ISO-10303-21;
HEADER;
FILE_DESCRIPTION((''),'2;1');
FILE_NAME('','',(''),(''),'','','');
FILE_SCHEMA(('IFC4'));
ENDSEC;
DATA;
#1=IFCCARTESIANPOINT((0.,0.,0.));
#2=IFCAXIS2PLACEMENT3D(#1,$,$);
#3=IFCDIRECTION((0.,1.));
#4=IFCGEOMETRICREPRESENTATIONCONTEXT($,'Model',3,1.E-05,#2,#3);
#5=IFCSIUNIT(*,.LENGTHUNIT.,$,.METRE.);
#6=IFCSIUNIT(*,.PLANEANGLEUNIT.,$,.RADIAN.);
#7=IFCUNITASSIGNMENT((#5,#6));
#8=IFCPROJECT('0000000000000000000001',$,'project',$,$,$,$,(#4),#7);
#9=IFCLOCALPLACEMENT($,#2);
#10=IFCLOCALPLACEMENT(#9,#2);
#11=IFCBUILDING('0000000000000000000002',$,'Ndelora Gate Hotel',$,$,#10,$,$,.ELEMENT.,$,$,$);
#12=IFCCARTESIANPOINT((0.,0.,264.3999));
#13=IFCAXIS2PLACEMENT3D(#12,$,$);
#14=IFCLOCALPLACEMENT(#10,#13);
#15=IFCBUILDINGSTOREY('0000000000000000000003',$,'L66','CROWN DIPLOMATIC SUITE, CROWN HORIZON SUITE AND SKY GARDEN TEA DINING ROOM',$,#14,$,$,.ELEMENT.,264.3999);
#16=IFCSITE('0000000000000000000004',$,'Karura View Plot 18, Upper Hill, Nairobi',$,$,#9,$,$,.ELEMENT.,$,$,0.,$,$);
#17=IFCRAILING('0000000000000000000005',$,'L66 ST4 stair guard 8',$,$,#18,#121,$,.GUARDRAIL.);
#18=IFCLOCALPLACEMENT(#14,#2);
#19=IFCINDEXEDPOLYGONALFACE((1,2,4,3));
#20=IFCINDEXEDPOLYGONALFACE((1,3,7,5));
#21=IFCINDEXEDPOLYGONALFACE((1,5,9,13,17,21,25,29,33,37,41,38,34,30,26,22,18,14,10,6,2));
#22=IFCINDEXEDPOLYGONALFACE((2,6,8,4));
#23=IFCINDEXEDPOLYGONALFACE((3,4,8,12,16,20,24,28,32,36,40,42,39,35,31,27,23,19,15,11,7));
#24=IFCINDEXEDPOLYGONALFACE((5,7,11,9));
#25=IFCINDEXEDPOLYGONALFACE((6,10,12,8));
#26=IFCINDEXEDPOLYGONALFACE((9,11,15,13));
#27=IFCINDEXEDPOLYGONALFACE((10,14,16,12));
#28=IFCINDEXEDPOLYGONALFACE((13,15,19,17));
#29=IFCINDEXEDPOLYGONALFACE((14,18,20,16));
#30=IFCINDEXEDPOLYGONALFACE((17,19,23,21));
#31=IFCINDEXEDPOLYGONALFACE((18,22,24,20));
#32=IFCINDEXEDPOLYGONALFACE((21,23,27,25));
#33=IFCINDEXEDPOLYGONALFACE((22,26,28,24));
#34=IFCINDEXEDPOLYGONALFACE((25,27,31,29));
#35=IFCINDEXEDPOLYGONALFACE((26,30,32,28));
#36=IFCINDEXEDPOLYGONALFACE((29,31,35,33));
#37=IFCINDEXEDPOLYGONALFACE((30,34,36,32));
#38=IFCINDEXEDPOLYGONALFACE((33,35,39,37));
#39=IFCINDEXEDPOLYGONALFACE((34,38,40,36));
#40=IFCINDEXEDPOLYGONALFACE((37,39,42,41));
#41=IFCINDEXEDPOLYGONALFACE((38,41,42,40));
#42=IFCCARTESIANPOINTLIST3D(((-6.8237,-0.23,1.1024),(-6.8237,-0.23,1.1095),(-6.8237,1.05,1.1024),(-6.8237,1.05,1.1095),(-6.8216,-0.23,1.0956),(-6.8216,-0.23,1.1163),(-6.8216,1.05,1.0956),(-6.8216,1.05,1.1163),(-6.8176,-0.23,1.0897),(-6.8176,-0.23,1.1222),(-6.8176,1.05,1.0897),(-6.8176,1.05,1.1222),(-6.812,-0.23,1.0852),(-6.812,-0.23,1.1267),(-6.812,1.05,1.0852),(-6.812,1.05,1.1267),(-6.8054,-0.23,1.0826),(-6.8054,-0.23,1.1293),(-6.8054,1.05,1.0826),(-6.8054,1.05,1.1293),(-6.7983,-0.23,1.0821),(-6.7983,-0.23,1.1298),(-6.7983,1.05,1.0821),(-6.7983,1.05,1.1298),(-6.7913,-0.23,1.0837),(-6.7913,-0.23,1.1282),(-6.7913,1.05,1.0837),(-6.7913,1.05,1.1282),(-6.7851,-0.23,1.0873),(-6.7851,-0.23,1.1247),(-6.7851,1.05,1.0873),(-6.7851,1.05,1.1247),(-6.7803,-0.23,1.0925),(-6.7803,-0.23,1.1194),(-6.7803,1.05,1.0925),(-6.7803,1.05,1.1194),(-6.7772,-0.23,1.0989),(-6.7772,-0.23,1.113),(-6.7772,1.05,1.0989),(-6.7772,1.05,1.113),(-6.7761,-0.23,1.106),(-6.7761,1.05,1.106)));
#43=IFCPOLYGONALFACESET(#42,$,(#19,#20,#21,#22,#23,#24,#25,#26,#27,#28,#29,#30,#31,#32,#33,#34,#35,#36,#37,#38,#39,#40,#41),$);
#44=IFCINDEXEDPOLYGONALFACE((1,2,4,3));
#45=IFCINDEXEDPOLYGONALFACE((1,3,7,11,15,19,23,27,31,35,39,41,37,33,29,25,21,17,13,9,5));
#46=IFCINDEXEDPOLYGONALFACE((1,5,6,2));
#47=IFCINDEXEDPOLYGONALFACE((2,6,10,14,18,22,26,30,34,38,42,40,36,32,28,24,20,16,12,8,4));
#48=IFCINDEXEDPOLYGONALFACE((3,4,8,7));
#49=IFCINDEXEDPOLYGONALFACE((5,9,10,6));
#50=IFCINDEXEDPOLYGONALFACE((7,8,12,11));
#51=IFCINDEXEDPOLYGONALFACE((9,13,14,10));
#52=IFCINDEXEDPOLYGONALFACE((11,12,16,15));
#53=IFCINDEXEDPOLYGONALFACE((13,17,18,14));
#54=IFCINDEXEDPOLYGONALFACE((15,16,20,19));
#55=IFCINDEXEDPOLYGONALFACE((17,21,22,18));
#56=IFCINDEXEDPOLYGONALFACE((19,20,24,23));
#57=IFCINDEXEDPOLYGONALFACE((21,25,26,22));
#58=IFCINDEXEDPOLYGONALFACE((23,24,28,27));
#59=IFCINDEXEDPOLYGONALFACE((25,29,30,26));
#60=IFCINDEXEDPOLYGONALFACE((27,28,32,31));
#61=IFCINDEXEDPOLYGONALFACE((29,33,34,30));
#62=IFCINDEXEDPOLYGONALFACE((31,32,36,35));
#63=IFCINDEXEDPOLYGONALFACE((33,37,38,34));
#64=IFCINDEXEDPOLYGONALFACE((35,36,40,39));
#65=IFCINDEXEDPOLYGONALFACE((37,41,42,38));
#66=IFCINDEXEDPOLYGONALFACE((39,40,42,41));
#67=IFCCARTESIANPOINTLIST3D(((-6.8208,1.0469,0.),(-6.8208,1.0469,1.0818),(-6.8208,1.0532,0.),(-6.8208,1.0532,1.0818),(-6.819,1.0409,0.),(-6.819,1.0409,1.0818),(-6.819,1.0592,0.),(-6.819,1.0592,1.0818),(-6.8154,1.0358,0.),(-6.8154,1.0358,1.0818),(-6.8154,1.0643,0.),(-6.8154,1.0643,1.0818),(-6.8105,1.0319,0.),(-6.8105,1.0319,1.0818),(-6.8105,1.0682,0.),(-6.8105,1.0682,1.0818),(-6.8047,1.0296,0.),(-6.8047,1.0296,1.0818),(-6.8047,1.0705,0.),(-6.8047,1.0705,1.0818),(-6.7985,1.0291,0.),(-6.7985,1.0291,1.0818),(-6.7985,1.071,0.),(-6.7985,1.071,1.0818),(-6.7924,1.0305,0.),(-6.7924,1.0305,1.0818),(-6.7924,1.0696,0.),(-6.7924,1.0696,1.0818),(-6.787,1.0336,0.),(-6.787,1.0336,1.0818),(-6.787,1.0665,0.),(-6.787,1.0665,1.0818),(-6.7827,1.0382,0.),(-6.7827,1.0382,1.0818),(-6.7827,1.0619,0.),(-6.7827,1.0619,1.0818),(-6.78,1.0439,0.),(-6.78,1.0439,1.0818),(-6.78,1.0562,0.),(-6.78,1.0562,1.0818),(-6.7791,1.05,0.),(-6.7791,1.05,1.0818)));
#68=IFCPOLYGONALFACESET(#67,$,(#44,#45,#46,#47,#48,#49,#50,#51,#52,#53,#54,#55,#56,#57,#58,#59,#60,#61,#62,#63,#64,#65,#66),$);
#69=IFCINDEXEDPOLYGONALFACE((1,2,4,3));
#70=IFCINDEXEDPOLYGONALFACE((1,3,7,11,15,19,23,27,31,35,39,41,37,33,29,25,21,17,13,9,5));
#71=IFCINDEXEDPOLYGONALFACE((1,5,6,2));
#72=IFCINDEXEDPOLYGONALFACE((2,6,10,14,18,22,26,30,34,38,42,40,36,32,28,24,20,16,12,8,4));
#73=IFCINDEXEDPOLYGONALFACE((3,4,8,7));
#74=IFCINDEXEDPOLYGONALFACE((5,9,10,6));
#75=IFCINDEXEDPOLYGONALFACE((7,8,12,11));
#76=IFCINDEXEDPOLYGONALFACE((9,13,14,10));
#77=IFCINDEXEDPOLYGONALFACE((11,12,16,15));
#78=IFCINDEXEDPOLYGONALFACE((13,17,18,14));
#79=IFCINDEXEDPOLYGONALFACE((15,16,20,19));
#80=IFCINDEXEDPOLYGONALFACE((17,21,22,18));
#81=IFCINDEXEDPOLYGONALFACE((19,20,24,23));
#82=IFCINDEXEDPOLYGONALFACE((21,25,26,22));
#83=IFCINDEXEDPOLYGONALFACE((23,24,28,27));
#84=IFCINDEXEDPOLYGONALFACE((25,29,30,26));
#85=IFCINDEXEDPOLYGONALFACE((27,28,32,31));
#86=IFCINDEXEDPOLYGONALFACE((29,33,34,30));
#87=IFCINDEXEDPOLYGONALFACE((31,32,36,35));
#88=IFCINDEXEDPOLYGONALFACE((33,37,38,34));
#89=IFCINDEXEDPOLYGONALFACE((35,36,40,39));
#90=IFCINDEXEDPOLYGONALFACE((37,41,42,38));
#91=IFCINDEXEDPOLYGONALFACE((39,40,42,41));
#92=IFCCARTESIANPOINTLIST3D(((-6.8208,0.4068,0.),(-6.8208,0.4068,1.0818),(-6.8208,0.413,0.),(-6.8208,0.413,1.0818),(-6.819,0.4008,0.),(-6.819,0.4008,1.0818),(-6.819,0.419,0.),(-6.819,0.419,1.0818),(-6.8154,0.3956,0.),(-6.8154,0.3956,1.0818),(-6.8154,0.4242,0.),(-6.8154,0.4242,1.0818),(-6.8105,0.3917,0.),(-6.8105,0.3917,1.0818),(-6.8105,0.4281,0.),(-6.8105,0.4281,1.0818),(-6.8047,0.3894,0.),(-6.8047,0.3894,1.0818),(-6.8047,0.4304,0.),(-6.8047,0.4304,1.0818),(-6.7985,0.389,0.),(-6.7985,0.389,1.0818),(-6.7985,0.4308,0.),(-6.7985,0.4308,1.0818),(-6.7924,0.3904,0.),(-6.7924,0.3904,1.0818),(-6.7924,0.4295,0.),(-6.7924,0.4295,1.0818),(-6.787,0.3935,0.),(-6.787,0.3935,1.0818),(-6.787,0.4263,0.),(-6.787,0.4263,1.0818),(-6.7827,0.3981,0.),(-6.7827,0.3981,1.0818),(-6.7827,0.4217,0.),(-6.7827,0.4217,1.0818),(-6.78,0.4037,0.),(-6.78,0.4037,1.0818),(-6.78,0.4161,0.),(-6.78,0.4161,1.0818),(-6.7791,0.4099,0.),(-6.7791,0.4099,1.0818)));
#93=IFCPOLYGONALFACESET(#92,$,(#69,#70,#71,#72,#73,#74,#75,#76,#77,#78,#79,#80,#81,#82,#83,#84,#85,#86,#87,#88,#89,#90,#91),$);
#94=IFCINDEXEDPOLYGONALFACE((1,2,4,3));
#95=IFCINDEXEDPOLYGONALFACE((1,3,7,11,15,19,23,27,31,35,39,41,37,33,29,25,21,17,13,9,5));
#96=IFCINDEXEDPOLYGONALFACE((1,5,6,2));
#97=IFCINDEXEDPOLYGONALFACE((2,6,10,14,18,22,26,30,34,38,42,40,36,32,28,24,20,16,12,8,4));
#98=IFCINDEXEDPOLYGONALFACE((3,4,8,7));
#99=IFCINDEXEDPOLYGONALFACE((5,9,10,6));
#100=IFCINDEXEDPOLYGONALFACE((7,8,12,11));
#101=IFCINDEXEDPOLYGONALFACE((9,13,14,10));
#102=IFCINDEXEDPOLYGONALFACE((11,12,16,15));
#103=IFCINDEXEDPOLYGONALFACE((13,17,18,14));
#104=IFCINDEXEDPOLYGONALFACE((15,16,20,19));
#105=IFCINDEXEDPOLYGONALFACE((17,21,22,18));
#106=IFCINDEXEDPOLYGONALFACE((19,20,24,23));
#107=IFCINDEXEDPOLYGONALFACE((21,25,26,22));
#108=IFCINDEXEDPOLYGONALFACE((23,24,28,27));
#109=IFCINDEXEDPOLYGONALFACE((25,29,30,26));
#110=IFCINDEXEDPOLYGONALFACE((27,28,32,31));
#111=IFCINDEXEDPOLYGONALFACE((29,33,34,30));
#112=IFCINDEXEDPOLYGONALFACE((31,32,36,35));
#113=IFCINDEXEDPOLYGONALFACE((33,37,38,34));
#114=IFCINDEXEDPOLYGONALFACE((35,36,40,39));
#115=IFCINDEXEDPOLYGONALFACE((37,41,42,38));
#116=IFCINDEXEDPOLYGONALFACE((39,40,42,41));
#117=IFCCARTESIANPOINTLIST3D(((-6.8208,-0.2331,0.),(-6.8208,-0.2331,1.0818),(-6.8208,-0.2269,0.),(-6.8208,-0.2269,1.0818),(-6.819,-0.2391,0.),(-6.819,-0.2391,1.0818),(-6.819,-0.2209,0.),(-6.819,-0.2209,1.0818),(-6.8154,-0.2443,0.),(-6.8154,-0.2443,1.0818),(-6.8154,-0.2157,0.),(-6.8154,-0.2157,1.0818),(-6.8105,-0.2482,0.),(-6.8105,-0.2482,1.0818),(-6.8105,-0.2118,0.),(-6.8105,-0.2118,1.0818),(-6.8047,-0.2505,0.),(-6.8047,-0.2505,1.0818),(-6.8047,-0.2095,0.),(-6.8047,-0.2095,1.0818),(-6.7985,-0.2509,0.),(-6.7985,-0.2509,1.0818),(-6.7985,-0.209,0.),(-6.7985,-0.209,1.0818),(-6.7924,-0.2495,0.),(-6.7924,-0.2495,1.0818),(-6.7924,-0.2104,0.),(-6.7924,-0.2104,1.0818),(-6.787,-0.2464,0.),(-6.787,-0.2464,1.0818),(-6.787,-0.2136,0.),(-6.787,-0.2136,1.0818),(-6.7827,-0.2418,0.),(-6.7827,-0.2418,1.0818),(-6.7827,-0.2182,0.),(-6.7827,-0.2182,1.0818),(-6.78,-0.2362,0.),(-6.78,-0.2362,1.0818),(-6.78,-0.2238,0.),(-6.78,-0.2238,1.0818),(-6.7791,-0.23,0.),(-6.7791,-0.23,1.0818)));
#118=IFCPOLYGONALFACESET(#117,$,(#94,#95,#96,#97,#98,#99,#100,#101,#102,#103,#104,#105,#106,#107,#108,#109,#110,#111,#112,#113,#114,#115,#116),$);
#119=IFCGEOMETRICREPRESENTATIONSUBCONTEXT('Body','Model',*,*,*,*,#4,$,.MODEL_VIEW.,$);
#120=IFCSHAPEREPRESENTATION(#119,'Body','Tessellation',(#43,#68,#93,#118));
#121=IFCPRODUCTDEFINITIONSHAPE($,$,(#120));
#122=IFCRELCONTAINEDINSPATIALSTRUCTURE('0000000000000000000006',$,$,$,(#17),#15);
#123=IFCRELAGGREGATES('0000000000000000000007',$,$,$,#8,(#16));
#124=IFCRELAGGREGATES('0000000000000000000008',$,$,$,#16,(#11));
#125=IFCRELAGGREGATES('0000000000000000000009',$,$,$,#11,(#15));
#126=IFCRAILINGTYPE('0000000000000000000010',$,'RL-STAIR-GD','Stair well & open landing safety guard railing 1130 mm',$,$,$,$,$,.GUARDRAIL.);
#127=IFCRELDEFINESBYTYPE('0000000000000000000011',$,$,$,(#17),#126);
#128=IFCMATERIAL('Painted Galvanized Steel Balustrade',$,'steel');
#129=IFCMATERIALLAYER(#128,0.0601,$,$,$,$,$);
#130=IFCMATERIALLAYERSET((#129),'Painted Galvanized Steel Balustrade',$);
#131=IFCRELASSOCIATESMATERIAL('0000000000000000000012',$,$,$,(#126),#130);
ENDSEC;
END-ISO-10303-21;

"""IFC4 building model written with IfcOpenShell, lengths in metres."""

from ifc_helpers import new_model, si_unit, direction, frame, origin, origin_2d, place, context, subcontext, project, spatial, circle, extrude, material, layer, layer_set, type_object, element, save


model = new_model("IFC4")

# Units and contexts
model_context = context("Model", 3, precision=1e-05, world=origin(), true_north=direction((0.0, 1.0)))
body_context = subcontext(model_context, "Body", "Model", "MODEL_VIEW")
ifc_project = project(units=[si_unit("LENGTHUNIT", "METRE"), si_unit("PLANEANGLEUNIT", "RADIAN")], contexts=[model_context])

# Site, building, storey
site_placement = place(None, origin())
site = spatial("IfcSite", under=ifc_project, at=site_placement, Name="Karura View Plot 18, Upper Hill, Nairobi", CompositionType="ELEMENT", RefElevation=0.0)
building_placement = place(site_placement, origin())
building = spatial("IfcBuilding", under=site, at=building_placement, Name="Ndelora Gate Hotel", CompositionType="ELEMENT")
storey_placement = place(building_placement, frame((0.0, 0.0, 264.3999)))
storey = spatial("IfcBuildingStorey", under=building, at=storey_placement, Name="L66", Description="CROWN DIPLOMATIC SUITE, CROWN HORIZON SUITE AND SKY GARDEN TEA DINING ROOM", CompositionType="ELEMENT", Elevation=264.3999)

# Railing
ifc_material_1 = material(Name="Painted Galvanized Steel Balustrade", Category="steel")
ifc_layer_1 = layer(ifc_material_1, 0.0601)
ifc_layer_set_1 = layer_set([ifc_layer_1], Name="Painted Galvanized Steel Balustrade")
railing_type = type_object("IfcRailingType", Name="RL-STAIR-GD", Description="Stair well & open landing safety guard railing 1130 mm", PredefinedType="GUARDRAIL", material=ifc_layer_set_1)
for number, where, name in (
    (1, (-6.8, 1.05, 0.0), "L66 ST4 stair guard 8"),
):
    element("IfcRailing", number, at=place(storey_placement, frame(where)), inside=storey, type_object=railing_type, Name=name, PredefinedType="GUARDRAIL", context=body_context, shape_type="SweptSolid", body=[
        extrude(circle(Radius=0.0239, at=origin_2d()), frame((0.0, 0.0, 1.106), z_axis=(0.0, -1.0, 0.0), x_axis=(1.0, 0.0, 0.0)), (0.0, 0.0, 1.0), 1.28),
        extrude(circle(Radius=0.021, at=origin_2d()), origin(), (0.0, 0.0, 1.0), 1.0818),
        extrude(circle(Radius=0.021, at=origin_2d()), frame((0.0, -0.6401, 0.0)), (0.0, 0.0, 1.0), 1.0818),
        extrude(circle(Radius=0.021, at=origin_2d()), frame((0.0, -1.28, 0.0)), (0.0, 0.0, 1.0), 1.0818),
    ])

save(model, "model.ifc")
